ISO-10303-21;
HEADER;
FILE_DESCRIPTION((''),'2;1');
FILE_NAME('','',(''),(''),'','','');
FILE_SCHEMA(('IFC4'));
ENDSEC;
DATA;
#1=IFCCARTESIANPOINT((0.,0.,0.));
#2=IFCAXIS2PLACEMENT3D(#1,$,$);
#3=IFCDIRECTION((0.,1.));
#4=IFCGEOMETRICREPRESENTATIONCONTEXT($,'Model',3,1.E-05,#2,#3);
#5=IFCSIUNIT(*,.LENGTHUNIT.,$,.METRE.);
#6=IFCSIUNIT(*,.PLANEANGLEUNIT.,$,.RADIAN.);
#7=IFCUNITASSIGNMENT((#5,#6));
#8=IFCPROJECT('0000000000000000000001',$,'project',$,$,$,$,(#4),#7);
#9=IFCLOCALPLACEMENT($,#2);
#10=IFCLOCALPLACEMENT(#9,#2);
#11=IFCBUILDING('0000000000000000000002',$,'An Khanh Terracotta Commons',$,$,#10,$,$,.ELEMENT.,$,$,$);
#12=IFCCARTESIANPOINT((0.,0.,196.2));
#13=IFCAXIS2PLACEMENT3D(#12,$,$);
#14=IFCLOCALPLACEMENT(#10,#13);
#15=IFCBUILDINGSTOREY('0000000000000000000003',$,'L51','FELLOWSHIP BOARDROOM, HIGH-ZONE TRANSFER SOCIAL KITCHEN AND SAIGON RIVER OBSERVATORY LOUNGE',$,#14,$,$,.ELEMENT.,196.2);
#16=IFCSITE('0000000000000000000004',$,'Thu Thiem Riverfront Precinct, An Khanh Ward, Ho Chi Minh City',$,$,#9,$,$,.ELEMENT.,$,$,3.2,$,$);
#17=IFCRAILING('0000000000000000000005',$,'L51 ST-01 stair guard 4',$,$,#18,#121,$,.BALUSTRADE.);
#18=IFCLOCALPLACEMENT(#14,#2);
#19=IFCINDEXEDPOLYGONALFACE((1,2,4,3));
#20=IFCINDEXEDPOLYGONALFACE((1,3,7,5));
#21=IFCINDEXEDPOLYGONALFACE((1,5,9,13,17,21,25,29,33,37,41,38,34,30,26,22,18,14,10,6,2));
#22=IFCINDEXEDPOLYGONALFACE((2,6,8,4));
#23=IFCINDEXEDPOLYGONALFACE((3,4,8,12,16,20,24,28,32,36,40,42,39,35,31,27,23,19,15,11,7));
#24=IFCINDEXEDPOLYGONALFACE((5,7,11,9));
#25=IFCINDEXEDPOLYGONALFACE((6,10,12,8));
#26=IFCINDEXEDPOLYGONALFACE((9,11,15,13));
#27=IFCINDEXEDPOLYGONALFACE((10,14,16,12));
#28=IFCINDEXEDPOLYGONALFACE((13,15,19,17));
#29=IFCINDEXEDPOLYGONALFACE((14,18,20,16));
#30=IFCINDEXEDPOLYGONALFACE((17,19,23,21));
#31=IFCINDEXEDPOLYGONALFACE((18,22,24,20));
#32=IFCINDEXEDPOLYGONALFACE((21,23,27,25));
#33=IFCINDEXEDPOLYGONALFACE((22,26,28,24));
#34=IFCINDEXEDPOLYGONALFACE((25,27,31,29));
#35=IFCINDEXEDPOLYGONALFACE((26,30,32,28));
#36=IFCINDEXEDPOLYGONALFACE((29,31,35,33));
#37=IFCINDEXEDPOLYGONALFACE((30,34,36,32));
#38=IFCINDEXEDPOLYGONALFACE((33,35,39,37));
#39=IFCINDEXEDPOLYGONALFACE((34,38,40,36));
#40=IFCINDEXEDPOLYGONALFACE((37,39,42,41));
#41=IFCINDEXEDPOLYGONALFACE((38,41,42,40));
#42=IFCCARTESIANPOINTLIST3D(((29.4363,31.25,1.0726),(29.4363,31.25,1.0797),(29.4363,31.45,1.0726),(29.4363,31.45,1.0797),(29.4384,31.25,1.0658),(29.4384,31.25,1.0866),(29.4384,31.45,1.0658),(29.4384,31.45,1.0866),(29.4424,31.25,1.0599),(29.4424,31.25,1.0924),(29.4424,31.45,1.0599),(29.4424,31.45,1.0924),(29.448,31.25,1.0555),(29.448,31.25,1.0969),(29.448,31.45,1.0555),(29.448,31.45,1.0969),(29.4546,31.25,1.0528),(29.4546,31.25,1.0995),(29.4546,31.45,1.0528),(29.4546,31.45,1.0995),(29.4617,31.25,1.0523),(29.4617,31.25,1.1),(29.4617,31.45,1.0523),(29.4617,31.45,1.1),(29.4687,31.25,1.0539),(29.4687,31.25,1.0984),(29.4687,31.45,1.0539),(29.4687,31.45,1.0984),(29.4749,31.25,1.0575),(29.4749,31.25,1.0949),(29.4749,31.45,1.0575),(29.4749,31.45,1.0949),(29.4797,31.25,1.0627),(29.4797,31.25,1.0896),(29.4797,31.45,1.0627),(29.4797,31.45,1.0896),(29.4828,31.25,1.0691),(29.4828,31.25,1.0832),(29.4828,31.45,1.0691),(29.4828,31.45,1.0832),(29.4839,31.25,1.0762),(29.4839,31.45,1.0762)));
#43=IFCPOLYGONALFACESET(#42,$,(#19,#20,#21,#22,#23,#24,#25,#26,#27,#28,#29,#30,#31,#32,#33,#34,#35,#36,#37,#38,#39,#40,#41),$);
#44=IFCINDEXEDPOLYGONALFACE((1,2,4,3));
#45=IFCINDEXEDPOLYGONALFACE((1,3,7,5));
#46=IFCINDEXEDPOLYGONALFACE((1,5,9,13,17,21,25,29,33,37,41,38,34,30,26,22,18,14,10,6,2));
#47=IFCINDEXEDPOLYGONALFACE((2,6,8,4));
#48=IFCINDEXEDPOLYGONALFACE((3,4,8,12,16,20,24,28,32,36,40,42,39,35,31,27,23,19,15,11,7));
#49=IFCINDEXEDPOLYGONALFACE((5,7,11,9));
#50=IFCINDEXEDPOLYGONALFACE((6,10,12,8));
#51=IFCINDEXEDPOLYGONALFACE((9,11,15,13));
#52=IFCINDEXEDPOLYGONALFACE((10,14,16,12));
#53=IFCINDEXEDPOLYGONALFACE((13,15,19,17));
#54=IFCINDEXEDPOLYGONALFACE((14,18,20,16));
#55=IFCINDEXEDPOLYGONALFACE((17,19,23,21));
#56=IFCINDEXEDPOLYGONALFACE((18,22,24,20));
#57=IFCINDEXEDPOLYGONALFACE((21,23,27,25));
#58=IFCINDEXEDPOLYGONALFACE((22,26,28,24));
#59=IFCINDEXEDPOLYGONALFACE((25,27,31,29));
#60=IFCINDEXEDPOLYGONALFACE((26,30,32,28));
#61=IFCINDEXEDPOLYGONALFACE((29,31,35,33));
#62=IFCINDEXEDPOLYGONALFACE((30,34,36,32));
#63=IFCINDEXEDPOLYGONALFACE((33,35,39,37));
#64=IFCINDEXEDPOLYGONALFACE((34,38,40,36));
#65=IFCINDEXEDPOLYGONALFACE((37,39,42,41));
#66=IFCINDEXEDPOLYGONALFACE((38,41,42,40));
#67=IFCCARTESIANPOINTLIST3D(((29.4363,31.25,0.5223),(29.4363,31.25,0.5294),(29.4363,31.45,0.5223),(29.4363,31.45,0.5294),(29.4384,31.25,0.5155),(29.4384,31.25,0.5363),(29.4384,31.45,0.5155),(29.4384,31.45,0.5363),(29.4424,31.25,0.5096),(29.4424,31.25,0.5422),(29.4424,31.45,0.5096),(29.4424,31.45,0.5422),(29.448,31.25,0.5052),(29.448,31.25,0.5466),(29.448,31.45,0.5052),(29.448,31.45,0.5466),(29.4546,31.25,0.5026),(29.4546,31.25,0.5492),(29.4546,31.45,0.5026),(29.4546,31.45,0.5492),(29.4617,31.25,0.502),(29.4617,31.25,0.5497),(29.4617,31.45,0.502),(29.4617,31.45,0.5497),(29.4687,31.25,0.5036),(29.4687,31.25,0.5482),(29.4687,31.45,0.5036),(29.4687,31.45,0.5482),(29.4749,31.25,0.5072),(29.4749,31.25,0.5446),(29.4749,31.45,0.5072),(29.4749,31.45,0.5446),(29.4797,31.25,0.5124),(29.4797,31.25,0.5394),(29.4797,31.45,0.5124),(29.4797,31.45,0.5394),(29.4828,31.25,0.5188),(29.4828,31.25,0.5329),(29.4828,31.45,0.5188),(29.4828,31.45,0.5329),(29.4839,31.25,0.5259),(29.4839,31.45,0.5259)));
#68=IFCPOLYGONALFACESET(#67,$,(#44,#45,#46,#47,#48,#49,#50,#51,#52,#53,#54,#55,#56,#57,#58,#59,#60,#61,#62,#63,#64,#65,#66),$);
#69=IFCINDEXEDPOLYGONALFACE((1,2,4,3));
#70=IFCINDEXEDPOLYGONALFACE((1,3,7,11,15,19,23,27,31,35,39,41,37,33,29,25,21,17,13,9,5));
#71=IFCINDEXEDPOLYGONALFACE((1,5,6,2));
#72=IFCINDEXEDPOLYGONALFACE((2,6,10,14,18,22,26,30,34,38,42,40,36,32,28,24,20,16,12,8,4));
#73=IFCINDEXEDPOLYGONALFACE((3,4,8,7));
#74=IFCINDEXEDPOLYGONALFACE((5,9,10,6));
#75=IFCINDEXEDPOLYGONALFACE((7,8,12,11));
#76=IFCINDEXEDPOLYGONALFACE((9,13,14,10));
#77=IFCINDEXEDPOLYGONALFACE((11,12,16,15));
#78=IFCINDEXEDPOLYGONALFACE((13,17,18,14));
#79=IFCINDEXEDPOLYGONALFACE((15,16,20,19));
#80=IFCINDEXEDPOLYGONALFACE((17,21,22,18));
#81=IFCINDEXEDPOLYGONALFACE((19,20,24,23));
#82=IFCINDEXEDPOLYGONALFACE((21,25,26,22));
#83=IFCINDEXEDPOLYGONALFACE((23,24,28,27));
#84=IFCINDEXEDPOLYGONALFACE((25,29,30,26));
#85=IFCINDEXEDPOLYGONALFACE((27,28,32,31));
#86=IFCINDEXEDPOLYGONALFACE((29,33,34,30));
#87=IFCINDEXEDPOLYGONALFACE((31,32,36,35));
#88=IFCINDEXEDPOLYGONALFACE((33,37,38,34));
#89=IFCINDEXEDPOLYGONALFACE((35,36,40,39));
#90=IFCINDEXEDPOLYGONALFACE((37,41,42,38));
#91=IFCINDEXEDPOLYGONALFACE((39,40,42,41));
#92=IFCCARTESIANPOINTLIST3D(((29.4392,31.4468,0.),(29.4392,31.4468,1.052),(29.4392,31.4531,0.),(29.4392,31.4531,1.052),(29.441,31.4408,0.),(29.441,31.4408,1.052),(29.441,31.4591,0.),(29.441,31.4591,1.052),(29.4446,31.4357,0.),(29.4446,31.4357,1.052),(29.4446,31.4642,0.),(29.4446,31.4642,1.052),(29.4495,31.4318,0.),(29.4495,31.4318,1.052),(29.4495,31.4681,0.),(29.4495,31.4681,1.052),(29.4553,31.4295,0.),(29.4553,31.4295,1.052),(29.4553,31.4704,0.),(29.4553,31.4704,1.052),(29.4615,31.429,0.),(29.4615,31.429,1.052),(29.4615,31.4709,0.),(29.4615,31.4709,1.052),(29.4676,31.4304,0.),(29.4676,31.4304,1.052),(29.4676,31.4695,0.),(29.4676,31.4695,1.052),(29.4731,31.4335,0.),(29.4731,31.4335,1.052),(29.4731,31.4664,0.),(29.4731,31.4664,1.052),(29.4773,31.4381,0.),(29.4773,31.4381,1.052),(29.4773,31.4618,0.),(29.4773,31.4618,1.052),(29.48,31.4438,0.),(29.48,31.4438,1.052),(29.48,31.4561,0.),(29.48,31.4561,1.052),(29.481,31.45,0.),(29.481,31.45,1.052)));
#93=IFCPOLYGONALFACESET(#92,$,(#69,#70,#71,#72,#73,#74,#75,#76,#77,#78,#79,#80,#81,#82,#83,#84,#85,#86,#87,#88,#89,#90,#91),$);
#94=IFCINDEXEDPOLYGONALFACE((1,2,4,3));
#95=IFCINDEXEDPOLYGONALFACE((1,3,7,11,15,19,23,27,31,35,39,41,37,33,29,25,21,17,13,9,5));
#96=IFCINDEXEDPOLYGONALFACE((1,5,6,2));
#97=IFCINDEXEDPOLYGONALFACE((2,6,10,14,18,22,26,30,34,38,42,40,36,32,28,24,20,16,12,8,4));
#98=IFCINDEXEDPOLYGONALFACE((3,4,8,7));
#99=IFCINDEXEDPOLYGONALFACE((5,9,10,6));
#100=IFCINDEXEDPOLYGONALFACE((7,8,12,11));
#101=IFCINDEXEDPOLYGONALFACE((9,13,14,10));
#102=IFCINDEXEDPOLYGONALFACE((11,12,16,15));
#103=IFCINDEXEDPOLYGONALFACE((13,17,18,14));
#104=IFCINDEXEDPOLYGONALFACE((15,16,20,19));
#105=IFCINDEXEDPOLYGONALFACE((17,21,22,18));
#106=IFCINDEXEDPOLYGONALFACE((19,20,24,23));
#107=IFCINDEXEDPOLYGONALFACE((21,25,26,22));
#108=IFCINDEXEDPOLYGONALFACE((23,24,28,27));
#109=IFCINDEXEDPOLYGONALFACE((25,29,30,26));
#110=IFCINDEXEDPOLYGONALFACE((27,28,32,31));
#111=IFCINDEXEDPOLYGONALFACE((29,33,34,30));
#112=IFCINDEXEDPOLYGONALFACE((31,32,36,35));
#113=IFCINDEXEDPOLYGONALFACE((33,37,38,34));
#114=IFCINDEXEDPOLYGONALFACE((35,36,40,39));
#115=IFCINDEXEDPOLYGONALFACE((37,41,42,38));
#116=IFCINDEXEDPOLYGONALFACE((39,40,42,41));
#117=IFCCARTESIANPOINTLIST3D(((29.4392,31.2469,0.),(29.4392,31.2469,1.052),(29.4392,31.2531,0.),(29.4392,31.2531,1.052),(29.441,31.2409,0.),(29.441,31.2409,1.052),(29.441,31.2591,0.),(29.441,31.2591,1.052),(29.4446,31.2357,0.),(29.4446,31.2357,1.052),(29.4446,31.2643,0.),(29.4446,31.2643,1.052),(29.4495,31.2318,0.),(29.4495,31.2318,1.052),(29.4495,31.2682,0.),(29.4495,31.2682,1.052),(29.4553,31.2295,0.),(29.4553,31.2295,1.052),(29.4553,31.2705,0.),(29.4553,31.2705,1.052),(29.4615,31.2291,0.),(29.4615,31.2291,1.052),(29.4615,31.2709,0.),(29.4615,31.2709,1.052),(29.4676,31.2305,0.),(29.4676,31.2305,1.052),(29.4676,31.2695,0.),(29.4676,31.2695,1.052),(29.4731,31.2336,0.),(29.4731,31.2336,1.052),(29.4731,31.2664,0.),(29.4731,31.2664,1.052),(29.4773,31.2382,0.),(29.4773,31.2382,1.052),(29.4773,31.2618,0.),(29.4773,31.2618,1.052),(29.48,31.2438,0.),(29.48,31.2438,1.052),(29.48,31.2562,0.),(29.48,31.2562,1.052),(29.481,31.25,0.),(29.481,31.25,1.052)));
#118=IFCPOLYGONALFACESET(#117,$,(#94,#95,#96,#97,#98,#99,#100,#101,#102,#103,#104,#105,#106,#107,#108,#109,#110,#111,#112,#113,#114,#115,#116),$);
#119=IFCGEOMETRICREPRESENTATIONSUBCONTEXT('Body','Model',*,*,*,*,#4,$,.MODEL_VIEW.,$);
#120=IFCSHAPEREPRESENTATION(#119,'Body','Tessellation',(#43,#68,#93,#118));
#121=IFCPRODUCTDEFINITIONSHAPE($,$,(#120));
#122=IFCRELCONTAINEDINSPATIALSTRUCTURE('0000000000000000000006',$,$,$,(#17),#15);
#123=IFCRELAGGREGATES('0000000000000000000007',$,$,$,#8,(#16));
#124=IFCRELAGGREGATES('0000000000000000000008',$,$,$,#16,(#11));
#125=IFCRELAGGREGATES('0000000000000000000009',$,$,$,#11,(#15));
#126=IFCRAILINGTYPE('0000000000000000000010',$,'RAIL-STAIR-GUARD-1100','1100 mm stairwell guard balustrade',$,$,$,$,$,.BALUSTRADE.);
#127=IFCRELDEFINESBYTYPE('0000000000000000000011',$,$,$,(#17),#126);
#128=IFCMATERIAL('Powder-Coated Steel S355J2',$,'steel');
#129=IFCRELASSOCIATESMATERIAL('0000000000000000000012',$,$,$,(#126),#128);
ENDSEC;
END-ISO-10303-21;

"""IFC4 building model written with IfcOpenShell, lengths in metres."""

from ifc_helpers import new_model, si_unit, direction, frame, origin, origin_2d, place, context, subcontext, project, spatial, circle, extrude, material, type_object, element, save


model = new_model("IFC4")

# Units and contexts
model_context = context("Model", 3, precision=1e-05, world=origin(), true_north=direction((0.0, 1.0)))
body_context = subcontext(model_context, "Body", "Model", "MODEL_VIEW")
ifc_project = project(units=[si_unit("LENGTHUNIT", "METRE"), si_unit("PLANEANGLEUNIT", "RADIAN")], contexts=[model_context])

# Site, building, storey
site_placement = place(None, origin())
site = spatial("IfcSite", under=ifc_project, at=site_placement, Name="Thu Thiem Riverfront Precinct, An Khanh Ward, Ho Chi Minh City", CompositionType="ELEMENT", RefElevation=3.2)
building_placement = place(site_placement, origin())
building = spatial("IfcBuilding", under=site, at=building_placement, Name="An Khanh Terracotta Commons", CompositionType="ELEMENT")
storey_placement = place(building_placement, frame((0.0, 0.0, 196.2)))
storey = spatial("IfcBuildingStorey", under=building, at=storey_placement, Name="L51", Description="FELLOWSHIP BOARDROOM, HIGH-ZONE TRANSFER SOCIAL KITCHEN AND SAIGON RIVER OBSERVATORY LOUNGE", CompositionType="ELEMENT", Elevation=196.2)

# Railing
ifc_material_1 = material(Name="Powder-Coated Steel S355J2", Category="steel")
railing_type_1 = type_object("IfcRailingType", Name="RAIL-STAIR-GUARD-1100", Description="1100 mm stairwell guard balustrade", PredefinedType="BALUSTRADE", material=ifc_material_1)
railing_1_placement = place(storey_placement, frame((29.46, 31.45, 0.0)))
element("IfcRailing", 1, at=railing_1_placement, inside=storey, type_object=railing_type_1, Name="L51 ST-01 stair guard 4", PredefinedType="BALUSTRADE", context=body_context, shape_type="SweptSolid", body=[
    extrude(circle(Radius=0.0239, at=origin_2d()), frame((0.0, 0.0, 1.0762), z_axis=(0.0, -1.0, 0.0), x_axis=(1.0, 0.0, 0.0)), (0.0, 0.0, 1.0), 0.2),
    extrude(circle(Radius=0.0239, at=origin_2d()), frame((0.0, 0.0, 0.5259), z_axis=(0.0, -1.0, 0.0), x_axis=(1.0, 0.0, 0.0)), (0.0, 0.0, 1.0), 0.2),
    extrude(circle(Radius=0.021, at=origin_2d()), origin(), (0.0, 0.0, 1.0), 1.052),
    extrude(circle(Radius=0.021, at=origin_2d()), frame((0.0, -0.2, 0.0)), (0.0, 0.0, 1.0), 1.052),
])

save(model, "model.ifc")
